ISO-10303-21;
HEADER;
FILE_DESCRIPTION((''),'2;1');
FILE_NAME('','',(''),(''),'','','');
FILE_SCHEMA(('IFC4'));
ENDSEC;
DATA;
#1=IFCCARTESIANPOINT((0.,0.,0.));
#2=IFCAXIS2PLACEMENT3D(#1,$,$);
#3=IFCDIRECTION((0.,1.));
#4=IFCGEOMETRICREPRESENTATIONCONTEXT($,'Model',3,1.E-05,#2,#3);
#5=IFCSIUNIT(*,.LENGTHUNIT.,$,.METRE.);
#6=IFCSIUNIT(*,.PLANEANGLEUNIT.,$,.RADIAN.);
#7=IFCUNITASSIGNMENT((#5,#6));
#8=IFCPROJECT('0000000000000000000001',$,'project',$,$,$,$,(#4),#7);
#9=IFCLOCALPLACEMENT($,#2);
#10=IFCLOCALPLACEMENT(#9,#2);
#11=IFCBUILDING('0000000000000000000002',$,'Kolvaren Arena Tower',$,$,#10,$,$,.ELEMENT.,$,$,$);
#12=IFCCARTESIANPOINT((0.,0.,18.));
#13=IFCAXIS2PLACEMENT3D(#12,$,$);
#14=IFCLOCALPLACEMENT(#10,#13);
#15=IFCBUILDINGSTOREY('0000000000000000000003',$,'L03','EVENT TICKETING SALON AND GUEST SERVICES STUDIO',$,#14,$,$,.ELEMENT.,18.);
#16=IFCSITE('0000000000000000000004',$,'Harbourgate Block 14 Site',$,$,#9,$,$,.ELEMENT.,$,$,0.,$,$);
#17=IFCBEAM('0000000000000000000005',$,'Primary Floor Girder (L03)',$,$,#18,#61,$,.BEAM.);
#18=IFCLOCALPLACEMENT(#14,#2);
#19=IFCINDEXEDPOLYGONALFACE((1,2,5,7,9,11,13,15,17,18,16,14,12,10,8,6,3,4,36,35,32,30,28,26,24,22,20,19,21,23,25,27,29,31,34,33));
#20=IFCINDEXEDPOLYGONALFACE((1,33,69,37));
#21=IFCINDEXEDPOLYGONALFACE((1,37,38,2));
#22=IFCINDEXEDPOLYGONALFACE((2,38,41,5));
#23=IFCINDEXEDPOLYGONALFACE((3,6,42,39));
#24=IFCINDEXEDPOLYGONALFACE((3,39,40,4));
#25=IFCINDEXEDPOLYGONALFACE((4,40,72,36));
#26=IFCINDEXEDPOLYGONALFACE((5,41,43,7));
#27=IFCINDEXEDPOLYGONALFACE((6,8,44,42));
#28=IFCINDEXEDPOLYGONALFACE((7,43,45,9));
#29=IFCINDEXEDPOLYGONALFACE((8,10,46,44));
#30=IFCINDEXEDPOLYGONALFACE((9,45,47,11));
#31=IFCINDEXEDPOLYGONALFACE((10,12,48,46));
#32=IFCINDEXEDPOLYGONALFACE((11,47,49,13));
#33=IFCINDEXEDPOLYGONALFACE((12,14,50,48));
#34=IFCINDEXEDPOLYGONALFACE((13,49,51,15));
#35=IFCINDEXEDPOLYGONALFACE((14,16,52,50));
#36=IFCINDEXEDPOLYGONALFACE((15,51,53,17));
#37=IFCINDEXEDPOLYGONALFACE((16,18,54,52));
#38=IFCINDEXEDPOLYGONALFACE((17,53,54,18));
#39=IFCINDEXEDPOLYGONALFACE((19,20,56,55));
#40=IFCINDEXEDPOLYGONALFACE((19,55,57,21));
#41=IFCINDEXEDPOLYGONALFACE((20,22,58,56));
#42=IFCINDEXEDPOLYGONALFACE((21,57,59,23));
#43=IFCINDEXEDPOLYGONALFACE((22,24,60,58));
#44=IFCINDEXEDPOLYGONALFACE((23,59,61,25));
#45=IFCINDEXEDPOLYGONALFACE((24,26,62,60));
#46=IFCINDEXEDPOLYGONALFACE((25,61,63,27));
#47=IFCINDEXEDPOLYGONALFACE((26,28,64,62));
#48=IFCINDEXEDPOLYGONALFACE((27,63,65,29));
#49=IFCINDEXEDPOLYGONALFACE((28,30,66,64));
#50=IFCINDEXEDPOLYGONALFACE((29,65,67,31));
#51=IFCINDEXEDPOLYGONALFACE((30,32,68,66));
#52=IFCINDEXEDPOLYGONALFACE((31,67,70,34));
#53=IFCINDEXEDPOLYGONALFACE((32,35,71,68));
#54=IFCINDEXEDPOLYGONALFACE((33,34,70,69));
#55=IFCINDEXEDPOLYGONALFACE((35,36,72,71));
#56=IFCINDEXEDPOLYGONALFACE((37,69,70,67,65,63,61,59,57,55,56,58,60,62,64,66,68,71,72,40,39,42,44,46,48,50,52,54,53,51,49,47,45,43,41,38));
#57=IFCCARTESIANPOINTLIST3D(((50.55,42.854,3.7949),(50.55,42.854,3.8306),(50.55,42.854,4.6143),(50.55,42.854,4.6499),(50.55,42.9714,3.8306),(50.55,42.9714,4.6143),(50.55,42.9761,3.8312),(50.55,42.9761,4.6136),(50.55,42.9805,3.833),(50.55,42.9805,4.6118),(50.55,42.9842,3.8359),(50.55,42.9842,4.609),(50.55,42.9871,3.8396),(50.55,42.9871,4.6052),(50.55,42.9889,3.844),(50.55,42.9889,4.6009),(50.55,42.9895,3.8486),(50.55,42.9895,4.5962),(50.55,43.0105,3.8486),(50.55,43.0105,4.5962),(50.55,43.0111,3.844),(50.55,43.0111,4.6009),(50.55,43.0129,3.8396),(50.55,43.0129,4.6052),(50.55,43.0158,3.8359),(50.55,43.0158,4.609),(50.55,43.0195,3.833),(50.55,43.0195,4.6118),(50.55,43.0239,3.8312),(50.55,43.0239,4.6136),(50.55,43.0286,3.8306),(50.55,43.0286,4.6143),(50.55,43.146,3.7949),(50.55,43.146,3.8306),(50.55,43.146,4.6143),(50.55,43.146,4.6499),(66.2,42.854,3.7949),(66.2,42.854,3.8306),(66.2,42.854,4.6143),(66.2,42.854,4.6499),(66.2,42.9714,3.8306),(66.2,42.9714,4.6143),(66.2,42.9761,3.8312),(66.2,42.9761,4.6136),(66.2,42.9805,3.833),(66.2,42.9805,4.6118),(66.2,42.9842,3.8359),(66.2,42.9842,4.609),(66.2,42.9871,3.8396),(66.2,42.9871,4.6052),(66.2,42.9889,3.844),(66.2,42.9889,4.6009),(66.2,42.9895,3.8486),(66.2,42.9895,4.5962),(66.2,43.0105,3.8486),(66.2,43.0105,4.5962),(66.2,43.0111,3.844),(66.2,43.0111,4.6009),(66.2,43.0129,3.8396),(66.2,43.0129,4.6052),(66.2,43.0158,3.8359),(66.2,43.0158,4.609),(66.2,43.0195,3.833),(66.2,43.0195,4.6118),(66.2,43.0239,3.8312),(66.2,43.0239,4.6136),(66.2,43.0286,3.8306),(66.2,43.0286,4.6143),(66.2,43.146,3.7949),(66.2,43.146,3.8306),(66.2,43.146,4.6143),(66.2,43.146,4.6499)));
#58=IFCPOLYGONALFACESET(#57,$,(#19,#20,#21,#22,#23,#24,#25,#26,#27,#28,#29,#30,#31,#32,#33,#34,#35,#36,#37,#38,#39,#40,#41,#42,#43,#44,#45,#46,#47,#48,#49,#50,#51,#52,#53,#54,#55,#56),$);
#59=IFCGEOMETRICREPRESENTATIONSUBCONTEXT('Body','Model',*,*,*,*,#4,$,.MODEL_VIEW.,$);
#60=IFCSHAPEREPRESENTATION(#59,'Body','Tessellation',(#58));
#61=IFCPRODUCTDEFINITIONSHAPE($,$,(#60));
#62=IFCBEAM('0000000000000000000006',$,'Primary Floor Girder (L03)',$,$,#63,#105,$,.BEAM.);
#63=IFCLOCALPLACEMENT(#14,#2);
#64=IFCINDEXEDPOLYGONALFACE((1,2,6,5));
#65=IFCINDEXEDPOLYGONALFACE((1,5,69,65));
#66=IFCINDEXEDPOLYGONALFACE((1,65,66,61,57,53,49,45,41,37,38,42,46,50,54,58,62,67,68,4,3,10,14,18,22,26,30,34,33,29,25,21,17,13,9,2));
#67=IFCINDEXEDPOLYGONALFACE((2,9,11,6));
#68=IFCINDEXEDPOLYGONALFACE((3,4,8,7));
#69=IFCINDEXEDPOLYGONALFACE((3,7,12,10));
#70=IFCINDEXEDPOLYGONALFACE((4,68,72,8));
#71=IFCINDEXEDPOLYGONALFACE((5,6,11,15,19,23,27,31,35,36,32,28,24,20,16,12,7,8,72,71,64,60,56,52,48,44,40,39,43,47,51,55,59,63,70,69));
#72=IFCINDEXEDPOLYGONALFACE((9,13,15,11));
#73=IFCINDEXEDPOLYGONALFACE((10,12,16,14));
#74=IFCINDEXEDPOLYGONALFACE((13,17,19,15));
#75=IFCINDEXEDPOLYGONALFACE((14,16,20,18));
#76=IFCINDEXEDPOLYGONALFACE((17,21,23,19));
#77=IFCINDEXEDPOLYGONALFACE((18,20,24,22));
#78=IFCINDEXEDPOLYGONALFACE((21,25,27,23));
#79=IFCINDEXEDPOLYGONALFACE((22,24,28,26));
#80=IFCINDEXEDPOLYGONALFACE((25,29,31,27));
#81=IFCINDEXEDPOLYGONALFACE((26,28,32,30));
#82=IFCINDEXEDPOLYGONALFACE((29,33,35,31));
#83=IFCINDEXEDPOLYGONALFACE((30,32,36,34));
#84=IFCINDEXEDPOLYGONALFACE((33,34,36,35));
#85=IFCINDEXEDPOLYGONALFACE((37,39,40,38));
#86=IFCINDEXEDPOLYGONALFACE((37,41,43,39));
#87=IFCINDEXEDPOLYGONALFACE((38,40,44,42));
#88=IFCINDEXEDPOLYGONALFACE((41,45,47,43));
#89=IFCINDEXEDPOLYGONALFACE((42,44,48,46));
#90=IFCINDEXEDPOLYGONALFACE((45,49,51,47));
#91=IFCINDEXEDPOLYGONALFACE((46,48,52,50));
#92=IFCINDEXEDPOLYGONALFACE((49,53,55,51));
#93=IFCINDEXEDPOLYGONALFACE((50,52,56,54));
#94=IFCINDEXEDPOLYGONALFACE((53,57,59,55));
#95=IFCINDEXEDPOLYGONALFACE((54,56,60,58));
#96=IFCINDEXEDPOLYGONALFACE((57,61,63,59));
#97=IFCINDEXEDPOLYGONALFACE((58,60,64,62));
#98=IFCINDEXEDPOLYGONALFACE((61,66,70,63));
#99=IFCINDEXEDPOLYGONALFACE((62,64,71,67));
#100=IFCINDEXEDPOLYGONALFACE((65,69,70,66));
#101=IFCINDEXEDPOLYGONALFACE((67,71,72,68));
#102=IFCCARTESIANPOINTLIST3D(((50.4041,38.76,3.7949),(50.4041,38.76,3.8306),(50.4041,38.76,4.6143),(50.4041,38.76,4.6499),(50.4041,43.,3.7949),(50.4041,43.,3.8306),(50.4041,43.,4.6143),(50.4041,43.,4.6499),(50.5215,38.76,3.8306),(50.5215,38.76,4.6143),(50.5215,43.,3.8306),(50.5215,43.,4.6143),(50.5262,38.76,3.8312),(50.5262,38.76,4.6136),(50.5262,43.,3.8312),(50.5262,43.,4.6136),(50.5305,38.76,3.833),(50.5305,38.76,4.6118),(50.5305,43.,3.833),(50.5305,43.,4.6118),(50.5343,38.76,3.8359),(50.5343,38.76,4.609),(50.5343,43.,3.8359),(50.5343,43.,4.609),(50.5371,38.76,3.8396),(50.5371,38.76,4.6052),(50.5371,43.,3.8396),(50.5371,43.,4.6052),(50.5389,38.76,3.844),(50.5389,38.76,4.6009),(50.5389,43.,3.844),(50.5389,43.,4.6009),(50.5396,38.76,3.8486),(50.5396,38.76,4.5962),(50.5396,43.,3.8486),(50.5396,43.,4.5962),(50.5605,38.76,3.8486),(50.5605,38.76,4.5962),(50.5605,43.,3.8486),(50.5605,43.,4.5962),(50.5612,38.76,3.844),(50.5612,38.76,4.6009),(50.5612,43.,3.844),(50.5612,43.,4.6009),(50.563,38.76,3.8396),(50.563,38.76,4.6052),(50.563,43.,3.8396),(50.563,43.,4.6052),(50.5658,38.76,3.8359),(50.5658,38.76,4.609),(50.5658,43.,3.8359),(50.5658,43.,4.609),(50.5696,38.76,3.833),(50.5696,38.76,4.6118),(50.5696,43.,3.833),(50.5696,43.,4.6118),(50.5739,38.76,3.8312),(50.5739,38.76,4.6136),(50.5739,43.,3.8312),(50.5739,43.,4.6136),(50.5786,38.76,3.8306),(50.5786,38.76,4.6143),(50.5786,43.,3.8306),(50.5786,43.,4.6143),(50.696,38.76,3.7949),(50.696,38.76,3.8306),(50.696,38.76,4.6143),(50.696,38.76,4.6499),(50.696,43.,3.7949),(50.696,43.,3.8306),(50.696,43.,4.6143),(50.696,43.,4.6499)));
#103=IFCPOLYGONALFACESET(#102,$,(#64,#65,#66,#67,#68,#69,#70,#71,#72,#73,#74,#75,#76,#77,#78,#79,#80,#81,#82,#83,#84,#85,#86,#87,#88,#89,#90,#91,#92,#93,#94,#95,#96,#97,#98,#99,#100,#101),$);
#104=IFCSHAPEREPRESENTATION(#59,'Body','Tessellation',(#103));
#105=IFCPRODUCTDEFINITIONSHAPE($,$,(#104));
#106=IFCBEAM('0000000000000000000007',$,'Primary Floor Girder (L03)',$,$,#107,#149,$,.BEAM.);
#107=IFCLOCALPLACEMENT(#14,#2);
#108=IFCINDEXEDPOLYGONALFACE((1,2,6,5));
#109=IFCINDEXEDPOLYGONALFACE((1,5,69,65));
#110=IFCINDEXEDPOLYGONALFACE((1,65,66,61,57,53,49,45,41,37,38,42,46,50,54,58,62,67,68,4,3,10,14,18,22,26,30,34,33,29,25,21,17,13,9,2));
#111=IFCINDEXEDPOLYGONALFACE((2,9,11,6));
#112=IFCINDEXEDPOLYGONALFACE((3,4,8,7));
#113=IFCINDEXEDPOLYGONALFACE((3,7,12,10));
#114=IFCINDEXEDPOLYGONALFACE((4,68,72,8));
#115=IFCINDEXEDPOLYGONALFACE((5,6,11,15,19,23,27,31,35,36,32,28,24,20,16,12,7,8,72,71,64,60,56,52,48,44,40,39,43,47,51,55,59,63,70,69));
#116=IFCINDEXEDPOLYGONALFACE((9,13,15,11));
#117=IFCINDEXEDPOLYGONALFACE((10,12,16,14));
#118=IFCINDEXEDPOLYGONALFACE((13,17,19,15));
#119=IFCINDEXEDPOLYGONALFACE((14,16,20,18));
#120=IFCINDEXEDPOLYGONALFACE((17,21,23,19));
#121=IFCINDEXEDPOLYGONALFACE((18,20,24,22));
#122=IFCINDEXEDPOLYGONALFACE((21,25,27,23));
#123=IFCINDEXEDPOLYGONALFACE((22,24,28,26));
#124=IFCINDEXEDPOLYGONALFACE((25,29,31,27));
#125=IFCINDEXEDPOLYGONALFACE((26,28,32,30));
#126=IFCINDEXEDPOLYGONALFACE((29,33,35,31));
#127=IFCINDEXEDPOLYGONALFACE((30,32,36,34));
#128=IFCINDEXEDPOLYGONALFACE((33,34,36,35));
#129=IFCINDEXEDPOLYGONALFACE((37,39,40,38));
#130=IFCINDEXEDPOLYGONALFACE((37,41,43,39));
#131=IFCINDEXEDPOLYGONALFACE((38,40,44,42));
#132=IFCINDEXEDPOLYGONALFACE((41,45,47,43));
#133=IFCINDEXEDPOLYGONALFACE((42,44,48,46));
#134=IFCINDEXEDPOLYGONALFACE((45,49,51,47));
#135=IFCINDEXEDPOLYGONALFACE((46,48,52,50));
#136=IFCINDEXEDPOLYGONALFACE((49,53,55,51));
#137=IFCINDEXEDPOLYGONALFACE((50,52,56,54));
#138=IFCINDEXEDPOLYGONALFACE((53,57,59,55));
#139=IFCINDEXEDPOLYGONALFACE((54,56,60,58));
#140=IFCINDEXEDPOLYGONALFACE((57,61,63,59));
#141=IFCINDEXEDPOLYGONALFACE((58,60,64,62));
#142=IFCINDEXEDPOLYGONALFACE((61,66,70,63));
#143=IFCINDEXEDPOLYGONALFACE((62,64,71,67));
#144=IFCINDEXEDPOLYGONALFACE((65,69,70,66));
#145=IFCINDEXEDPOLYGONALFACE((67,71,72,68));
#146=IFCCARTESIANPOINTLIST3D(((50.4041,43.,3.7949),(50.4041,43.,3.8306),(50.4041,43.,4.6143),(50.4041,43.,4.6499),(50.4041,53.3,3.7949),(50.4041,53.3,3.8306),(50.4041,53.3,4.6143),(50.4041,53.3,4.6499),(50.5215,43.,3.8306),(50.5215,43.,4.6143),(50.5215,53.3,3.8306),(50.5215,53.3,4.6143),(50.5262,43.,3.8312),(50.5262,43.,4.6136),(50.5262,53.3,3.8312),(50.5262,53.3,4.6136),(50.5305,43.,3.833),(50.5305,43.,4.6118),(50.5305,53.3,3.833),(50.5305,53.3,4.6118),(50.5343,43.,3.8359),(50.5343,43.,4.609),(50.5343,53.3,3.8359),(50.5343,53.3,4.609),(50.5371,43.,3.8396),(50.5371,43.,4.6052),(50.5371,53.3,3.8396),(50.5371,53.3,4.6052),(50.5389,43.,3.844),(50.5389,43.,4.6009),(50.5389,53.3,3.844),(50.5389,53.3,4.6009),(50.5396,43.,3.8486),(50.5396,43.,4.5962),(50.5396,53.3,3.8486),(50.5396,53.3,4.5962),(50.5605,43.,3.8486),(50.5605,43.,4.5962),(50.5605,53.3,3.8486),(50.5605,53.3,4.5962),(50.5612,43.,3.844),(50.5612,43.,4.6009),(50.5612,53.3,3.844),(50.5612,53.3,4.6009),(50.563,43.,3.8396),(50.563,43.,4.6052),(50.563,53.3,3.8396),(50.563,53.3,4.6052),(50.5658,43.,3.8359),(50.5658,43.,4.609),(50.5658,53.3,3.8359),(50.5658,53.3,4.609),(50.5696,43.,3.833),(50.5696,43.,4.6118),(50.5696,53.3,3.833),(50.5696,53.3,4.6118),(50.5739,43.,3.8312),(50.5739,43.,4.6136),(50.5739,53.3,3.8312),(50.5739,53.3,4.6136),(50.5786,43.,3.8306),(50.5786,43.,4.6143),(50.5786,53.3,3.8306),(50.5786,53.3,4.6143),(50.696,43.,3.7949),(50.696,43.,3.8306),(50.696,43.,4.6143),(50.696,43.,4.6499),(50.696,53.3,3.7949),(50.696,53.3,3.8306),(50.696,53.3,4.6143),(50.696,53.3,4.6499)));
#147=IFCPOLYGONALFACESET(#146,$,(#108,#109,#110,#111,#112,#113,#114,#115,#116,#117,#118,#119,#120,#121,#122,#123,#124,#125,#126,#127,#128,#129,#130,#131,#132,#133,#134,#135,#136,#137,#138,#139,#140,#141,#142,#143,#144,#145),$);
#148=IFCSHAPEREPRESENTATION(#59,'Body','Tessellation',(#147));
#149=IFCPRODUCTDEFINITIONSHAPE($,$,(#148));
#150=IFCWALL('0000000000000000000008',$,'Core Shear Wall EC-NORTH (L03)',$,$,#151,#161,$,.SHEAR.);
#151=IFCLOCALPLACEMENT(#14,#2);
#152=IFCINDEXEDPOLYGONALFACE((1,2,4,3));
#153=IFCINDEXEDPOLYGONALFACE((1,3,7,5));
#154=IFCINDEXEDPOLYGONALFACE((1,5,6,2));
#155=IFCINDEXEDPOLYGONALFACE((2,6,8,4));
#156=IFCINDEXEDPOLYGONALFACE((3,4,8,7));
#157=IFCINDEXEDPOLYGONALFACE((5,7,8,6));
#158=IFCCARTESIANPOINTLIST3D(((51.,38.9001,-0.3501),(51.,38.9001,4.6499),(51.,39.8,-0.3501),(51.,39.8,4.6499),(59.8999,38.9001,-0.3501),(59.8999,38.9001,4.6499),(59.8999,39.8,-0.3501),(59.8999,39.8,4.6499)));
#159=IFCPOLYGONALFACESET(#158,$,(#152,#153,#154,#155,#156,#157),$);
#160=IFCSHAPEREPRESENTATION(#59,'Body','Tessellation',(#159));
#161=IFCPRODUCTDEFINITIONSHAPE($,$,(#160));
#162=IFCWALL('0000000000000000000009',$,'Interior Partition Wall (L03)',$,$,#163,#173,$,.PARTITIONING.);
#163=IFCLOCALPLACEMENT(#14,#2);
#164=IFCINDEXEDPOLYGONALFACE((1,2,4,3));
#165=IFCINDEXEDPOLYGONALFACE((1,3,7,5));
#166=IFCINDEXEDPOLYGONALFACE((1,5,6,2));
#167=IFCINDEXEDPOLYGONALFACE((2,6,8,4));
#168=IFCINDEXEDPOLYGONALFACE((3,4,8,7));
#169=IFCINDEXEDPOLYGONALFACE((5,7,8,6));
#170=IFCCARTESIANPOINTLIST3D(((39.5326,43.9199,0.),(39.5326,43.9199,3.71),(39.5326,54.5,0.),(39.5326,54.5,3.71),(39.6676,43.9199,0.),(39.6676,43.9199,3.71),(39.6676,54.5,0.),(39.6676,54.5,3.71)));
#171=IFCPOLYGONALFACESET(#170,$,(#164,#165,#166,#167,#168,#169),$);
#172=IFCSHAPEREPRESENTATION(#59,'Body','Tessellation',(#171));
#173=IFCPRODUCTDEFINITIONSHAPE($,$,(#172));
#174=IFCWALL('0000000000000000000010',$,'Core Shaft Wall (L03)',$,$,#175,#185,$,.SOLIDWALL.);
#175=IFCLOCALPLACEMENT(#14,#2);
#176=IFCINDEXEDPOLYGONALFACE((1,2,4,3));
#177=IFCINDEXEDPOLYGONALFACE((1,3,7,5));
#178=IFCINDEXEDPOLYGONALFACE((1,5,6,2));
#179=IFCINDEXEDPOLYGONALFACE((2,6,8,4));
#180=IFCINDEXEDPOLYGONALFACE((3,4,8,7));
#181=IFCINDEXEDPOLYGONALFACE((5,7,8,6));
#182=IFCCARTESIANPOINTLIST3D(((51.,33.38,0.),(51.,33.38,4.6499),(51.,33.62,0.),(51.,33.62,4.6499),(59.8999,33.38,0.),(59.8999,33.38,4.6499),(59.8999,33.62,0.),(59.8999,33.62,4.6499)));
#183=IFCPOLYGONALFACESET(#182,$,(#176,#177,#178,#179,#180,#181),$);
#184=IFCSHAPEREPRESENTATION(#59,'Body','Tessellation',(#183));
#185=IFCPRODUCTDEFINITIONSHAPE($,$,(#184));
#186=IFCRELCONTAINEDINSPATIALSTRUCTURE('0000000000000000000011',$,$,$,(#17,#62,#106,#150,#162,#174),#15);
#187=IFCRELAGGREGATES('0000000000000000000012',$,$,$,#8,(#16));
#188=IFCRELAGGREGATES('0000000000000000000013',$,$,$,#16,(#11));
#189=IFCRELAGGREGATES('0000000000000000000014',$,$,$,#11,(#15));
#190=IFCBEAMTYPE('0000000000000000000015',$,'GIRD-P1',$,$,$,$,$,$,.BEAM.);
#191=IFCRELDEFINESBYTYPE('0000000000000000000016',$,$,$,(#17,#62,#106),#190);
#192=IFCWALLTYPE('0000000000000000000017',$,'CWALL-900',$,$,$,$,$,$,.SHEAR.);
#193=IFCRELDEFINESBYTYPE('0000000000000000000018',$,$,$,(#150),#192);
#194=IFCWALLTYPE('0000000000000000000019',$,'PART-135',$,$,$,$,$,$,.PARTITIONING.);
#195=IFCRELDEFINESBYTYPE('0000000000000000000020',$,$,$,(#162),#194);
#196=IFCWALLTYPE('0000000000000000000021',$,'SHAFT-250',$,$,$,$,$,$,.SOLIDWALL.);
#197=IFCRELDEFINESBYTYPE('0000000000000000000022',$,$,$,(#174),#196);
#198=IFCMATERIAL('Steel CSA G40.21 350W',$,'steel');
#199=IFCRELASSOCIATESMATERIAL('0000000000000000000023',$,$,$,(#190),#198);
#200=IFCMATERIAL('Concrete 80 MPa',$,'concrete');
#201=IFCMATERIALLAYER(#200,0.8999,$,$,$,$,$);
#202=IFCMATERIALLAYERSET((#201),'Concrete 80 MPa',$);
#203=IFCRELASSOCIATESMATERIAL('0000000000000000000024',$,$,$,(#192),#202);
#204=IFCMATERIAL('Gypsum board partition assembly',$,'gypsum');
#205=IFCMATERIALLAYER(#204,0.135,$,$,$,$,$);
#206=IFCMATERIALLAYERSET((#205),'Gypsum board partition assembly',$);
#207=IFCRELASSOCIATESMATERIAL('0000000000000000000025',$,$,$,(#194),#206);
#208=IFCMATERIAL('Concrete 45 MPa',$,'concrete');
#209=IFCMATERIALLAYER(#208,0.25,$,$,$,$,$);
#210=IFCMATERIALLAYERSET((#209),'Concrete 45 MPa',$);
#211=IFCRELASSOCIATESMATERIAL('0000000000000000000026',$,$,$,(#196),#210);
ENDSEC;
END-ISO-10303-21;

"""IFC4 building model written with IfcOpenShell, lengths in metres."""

from ifc_helpers import new_model, si_unit, direction, frame, frame_2d, origin, origin_2d, place, context, subcontext, project, spatial, rectangle, i_section, extrude, material, layer, layer_set, material_profile, profile_set, type_object, element, save


model = new_model("IFC4")

# Units and contexts
model_context = context("Model", 3, precision=1e-05, world=origin(), true_north=direction((0.0, 1.0)))
body_context = subcontext(model_context, "Body", "Model", "MODEL_VIEW")
ifc_project = project(units=[si_unit("LENGTHUNIT", "METRE"), si_unit("PLANEANGLEUNIT", "RADIAN")], contexts=[model_context])

# Site, building, storey
site_placement = place(None, origin())
site = spatial("IfcSite", under=ifc_project, at=site_placement, Name="Harbourgate Block 14 Site", CompositionType="ELEMENT", RefElevation=0.0)
building_placement = place(site_placement, origin())
building = spatial("IfcBuilding", under=site, at=building_placement, Name="Kolvaren Arena Tower", CompositionType="ELEMENT")
storey_placement = place(building_placement, frame((0.0, 0.0, 18.0)))
storey = spatial("IfcBuildingStorey", under=building, at=storey_placement, Name="L03", Description="EVENT TICKETING SALON AND GUEST SERVICES STUDIO", CompositionType="ELEMENT", Elevation=18.0)

# Beams
ifc_material_1 = material(Name="Steel CSA G40.21 350W", Category="steel")
ifc_material_profile_1 = material_profile(ifc_material_1, i_section(OverallWidth=0.292, OverallDepth=0.855, WebThickness=0.021, FlangeThickness=0.0356, FilletRadius=0.0181, at=origin_2d()), Name="W840x299")
ifc_profile_set_1 = profile_set([ifc_material_profile_1], Name="Steel CSA G40.21 350W")
beam_type_1 = type_object("IfcBeamType", Name="GIRD-P1", PredefinedType="BEAM", material=ifc_profile_set_1)
beam_1_placement = place(storey_placement, frame((50.55, 43.0, 4.2224), z_axis=(1.0, 0.0, 0.0), x_axis=(0.0, 1.0, 0.0)))
element("IfcBeam", 1, at=beam_1_placement, inside=storey, type_object=beam_type_1, Name="Primary Floor Girder (L03)", PredefinedType="BEAM", context=body_context, shape_type="SweptSolid", body=[
    extrude(i_section(OverallWidth=0.292, OverallDepth=0.855, WebThickness=0.021, FlangeThickness=0.0356, FilletRadius=0.0181, at=origin_2d()), origin(), (0.0, 0.0, 1.0), 15.6499),
])
beam_2_placement = place(storey_placement, frame((50.55, 38.76, 4.2224), z_axis=(0.0, 1.0, 0.0), x_axis=(-1.0, 0.0, 0.0)))
element("IfcBeam", 2, at=beam_2_placement, inside=storey, type_object=beam_type_1, Name="Primary Floor Girder (L03)", PredefinedType="BEAM", context=body_context, shape_type="SweptSolid", body=[
    extrude(i_section(OverallWidth=0.292, OverallDepth=0.855, WebThickness=0.021, FlangeThickness=0.0356, FilletRadius=0.0181, at=origin_2d()), origin(), (0.0, 0.0, 1.0), 4.24),
])
beam_3_placement = place(storey_placement, frame((50.55, 43.0, 4.2224), z_axis=(0.0, 1.0, 0.0), x_axis=(-1.0, 0.0, 0.0)))
element("IfcBeam", 3, at=beam_3_placement, inside=storey, type_object=beam_type_1, Name="Primary Floor Girder (L03)", PredefinedType="BEAM", context=body_context, shape_type="SweptSolid", body=[
    extrude(i_section(OverallWidth=0.292, OverallDepth=0.855, WebThickness=0.021, FlangeThickness=0.0356, FilletRadius=0.0181, at=origin_2d()), origin(), (0.0, 0.0, 1.0), 10.3),
])

# Walls
ifc_material_2 = material(Name="Concrete 80 MPa", Category="concrete")
ifc_layer_1 = layer(ifc_material_2, 0.8999)
ifc_layer_set_1 = layer_set([ifc_layer_1], Name="Concrete 80 MPa")
wall_type_1 = type_object("IfcWallType", Name="CWALL-900", PredefinedType="SHEAR", material=ifc_layer_set_1)
wall_1_placement = place(storey_placement, frame((51.0, 39.3501, -0.3501), z_axis=(0.0, 0.0, 1.0), x_axis=(1.0, 0.0, 0.0)))
element("IfcWall", 4, at=wall_1_placement, inside=storey, type_object=wall_type_1, Name="Core Shear Wall EC-NORTH (L03)", PredefinedType="SHEAR", context=body_context, shape_type="SweptSolid", body=[
    extrude(rectangle(XDim=8.8999, YDim=0.8999, at=frame_2d((4.45, 0.0))), origin(), (0.0, 0.0, 1.0), 5.0),
])
ifc_material_3 = material(Name="Gypsum board partition assembly", Category="gypsum")
ifc_layer_2 = layer(ifc_material_3, 0.135)
ifc_layer_set_2 = layer_set([ifc_layer_2], Name="Gypsum board partition assembly")
wall_type_2 = type_object("IfcWallType", Name="PART-135", PredefinedType="PARTITIONING", material=ifc_layer_set_2)
wall_2_placement = place(storey_placement, frame((39.6001, 43.9199, 0.0), z_axis=(0.0, 0.0, 1.0), x_axis=(0.0, 1.0, 0.0)))
element("IfcWall", 5, at=wall_2_placement, inside=storey, type_object=wall_type_2, Name="Interior Partition Wall (L03)", PredefinedType="PARTITIONING", context=body_context, shape_type="SweptSolid", body=[
    extrude(rectangle(XDim=10.5801, YDim=0.135, at=frame_2d((5.29, 0.0))), origin(), (0.0, 0.0, 1.0), 3.71),
])
ifc_material_4 = material(Name="Concrete 45 MPa", Category="concrete")
ifc_layer_3 = layer(ifc_material_4, 0.25)
ifc_layer_set_3 = layer_set([ifc_layer_3], Name="Concrete 45 MPa")
wall_type_3 = type_object("IfcWallType", Name="SHAFT-250", PredefinedType="SOLIDWALL", material=ifc_layer_set_3)
wall_3_placement = place(storey_placement, frame((51.0, 33.5, 0.0), z_axis=(0.0, 0.0, 1.0), x_axis=(1.0, 0.0, 0.0)))
element("IfcWall", 6, at=wall_3_placement, inside=storey, type_object=wall_type_3, Name="Core Shaft Wall (L03)", PredefinedType="SOLIDWALL", context=body_context, shape_type="SweptSolid", body=[
    extrude(rectangle(XDim=8.8999, YDim=0.24, at=frame_2d((4.45, 0.0))), origin(), (0.0, 0.0, 1.0), 4.6499),
])

save(model, "model.ifc")
